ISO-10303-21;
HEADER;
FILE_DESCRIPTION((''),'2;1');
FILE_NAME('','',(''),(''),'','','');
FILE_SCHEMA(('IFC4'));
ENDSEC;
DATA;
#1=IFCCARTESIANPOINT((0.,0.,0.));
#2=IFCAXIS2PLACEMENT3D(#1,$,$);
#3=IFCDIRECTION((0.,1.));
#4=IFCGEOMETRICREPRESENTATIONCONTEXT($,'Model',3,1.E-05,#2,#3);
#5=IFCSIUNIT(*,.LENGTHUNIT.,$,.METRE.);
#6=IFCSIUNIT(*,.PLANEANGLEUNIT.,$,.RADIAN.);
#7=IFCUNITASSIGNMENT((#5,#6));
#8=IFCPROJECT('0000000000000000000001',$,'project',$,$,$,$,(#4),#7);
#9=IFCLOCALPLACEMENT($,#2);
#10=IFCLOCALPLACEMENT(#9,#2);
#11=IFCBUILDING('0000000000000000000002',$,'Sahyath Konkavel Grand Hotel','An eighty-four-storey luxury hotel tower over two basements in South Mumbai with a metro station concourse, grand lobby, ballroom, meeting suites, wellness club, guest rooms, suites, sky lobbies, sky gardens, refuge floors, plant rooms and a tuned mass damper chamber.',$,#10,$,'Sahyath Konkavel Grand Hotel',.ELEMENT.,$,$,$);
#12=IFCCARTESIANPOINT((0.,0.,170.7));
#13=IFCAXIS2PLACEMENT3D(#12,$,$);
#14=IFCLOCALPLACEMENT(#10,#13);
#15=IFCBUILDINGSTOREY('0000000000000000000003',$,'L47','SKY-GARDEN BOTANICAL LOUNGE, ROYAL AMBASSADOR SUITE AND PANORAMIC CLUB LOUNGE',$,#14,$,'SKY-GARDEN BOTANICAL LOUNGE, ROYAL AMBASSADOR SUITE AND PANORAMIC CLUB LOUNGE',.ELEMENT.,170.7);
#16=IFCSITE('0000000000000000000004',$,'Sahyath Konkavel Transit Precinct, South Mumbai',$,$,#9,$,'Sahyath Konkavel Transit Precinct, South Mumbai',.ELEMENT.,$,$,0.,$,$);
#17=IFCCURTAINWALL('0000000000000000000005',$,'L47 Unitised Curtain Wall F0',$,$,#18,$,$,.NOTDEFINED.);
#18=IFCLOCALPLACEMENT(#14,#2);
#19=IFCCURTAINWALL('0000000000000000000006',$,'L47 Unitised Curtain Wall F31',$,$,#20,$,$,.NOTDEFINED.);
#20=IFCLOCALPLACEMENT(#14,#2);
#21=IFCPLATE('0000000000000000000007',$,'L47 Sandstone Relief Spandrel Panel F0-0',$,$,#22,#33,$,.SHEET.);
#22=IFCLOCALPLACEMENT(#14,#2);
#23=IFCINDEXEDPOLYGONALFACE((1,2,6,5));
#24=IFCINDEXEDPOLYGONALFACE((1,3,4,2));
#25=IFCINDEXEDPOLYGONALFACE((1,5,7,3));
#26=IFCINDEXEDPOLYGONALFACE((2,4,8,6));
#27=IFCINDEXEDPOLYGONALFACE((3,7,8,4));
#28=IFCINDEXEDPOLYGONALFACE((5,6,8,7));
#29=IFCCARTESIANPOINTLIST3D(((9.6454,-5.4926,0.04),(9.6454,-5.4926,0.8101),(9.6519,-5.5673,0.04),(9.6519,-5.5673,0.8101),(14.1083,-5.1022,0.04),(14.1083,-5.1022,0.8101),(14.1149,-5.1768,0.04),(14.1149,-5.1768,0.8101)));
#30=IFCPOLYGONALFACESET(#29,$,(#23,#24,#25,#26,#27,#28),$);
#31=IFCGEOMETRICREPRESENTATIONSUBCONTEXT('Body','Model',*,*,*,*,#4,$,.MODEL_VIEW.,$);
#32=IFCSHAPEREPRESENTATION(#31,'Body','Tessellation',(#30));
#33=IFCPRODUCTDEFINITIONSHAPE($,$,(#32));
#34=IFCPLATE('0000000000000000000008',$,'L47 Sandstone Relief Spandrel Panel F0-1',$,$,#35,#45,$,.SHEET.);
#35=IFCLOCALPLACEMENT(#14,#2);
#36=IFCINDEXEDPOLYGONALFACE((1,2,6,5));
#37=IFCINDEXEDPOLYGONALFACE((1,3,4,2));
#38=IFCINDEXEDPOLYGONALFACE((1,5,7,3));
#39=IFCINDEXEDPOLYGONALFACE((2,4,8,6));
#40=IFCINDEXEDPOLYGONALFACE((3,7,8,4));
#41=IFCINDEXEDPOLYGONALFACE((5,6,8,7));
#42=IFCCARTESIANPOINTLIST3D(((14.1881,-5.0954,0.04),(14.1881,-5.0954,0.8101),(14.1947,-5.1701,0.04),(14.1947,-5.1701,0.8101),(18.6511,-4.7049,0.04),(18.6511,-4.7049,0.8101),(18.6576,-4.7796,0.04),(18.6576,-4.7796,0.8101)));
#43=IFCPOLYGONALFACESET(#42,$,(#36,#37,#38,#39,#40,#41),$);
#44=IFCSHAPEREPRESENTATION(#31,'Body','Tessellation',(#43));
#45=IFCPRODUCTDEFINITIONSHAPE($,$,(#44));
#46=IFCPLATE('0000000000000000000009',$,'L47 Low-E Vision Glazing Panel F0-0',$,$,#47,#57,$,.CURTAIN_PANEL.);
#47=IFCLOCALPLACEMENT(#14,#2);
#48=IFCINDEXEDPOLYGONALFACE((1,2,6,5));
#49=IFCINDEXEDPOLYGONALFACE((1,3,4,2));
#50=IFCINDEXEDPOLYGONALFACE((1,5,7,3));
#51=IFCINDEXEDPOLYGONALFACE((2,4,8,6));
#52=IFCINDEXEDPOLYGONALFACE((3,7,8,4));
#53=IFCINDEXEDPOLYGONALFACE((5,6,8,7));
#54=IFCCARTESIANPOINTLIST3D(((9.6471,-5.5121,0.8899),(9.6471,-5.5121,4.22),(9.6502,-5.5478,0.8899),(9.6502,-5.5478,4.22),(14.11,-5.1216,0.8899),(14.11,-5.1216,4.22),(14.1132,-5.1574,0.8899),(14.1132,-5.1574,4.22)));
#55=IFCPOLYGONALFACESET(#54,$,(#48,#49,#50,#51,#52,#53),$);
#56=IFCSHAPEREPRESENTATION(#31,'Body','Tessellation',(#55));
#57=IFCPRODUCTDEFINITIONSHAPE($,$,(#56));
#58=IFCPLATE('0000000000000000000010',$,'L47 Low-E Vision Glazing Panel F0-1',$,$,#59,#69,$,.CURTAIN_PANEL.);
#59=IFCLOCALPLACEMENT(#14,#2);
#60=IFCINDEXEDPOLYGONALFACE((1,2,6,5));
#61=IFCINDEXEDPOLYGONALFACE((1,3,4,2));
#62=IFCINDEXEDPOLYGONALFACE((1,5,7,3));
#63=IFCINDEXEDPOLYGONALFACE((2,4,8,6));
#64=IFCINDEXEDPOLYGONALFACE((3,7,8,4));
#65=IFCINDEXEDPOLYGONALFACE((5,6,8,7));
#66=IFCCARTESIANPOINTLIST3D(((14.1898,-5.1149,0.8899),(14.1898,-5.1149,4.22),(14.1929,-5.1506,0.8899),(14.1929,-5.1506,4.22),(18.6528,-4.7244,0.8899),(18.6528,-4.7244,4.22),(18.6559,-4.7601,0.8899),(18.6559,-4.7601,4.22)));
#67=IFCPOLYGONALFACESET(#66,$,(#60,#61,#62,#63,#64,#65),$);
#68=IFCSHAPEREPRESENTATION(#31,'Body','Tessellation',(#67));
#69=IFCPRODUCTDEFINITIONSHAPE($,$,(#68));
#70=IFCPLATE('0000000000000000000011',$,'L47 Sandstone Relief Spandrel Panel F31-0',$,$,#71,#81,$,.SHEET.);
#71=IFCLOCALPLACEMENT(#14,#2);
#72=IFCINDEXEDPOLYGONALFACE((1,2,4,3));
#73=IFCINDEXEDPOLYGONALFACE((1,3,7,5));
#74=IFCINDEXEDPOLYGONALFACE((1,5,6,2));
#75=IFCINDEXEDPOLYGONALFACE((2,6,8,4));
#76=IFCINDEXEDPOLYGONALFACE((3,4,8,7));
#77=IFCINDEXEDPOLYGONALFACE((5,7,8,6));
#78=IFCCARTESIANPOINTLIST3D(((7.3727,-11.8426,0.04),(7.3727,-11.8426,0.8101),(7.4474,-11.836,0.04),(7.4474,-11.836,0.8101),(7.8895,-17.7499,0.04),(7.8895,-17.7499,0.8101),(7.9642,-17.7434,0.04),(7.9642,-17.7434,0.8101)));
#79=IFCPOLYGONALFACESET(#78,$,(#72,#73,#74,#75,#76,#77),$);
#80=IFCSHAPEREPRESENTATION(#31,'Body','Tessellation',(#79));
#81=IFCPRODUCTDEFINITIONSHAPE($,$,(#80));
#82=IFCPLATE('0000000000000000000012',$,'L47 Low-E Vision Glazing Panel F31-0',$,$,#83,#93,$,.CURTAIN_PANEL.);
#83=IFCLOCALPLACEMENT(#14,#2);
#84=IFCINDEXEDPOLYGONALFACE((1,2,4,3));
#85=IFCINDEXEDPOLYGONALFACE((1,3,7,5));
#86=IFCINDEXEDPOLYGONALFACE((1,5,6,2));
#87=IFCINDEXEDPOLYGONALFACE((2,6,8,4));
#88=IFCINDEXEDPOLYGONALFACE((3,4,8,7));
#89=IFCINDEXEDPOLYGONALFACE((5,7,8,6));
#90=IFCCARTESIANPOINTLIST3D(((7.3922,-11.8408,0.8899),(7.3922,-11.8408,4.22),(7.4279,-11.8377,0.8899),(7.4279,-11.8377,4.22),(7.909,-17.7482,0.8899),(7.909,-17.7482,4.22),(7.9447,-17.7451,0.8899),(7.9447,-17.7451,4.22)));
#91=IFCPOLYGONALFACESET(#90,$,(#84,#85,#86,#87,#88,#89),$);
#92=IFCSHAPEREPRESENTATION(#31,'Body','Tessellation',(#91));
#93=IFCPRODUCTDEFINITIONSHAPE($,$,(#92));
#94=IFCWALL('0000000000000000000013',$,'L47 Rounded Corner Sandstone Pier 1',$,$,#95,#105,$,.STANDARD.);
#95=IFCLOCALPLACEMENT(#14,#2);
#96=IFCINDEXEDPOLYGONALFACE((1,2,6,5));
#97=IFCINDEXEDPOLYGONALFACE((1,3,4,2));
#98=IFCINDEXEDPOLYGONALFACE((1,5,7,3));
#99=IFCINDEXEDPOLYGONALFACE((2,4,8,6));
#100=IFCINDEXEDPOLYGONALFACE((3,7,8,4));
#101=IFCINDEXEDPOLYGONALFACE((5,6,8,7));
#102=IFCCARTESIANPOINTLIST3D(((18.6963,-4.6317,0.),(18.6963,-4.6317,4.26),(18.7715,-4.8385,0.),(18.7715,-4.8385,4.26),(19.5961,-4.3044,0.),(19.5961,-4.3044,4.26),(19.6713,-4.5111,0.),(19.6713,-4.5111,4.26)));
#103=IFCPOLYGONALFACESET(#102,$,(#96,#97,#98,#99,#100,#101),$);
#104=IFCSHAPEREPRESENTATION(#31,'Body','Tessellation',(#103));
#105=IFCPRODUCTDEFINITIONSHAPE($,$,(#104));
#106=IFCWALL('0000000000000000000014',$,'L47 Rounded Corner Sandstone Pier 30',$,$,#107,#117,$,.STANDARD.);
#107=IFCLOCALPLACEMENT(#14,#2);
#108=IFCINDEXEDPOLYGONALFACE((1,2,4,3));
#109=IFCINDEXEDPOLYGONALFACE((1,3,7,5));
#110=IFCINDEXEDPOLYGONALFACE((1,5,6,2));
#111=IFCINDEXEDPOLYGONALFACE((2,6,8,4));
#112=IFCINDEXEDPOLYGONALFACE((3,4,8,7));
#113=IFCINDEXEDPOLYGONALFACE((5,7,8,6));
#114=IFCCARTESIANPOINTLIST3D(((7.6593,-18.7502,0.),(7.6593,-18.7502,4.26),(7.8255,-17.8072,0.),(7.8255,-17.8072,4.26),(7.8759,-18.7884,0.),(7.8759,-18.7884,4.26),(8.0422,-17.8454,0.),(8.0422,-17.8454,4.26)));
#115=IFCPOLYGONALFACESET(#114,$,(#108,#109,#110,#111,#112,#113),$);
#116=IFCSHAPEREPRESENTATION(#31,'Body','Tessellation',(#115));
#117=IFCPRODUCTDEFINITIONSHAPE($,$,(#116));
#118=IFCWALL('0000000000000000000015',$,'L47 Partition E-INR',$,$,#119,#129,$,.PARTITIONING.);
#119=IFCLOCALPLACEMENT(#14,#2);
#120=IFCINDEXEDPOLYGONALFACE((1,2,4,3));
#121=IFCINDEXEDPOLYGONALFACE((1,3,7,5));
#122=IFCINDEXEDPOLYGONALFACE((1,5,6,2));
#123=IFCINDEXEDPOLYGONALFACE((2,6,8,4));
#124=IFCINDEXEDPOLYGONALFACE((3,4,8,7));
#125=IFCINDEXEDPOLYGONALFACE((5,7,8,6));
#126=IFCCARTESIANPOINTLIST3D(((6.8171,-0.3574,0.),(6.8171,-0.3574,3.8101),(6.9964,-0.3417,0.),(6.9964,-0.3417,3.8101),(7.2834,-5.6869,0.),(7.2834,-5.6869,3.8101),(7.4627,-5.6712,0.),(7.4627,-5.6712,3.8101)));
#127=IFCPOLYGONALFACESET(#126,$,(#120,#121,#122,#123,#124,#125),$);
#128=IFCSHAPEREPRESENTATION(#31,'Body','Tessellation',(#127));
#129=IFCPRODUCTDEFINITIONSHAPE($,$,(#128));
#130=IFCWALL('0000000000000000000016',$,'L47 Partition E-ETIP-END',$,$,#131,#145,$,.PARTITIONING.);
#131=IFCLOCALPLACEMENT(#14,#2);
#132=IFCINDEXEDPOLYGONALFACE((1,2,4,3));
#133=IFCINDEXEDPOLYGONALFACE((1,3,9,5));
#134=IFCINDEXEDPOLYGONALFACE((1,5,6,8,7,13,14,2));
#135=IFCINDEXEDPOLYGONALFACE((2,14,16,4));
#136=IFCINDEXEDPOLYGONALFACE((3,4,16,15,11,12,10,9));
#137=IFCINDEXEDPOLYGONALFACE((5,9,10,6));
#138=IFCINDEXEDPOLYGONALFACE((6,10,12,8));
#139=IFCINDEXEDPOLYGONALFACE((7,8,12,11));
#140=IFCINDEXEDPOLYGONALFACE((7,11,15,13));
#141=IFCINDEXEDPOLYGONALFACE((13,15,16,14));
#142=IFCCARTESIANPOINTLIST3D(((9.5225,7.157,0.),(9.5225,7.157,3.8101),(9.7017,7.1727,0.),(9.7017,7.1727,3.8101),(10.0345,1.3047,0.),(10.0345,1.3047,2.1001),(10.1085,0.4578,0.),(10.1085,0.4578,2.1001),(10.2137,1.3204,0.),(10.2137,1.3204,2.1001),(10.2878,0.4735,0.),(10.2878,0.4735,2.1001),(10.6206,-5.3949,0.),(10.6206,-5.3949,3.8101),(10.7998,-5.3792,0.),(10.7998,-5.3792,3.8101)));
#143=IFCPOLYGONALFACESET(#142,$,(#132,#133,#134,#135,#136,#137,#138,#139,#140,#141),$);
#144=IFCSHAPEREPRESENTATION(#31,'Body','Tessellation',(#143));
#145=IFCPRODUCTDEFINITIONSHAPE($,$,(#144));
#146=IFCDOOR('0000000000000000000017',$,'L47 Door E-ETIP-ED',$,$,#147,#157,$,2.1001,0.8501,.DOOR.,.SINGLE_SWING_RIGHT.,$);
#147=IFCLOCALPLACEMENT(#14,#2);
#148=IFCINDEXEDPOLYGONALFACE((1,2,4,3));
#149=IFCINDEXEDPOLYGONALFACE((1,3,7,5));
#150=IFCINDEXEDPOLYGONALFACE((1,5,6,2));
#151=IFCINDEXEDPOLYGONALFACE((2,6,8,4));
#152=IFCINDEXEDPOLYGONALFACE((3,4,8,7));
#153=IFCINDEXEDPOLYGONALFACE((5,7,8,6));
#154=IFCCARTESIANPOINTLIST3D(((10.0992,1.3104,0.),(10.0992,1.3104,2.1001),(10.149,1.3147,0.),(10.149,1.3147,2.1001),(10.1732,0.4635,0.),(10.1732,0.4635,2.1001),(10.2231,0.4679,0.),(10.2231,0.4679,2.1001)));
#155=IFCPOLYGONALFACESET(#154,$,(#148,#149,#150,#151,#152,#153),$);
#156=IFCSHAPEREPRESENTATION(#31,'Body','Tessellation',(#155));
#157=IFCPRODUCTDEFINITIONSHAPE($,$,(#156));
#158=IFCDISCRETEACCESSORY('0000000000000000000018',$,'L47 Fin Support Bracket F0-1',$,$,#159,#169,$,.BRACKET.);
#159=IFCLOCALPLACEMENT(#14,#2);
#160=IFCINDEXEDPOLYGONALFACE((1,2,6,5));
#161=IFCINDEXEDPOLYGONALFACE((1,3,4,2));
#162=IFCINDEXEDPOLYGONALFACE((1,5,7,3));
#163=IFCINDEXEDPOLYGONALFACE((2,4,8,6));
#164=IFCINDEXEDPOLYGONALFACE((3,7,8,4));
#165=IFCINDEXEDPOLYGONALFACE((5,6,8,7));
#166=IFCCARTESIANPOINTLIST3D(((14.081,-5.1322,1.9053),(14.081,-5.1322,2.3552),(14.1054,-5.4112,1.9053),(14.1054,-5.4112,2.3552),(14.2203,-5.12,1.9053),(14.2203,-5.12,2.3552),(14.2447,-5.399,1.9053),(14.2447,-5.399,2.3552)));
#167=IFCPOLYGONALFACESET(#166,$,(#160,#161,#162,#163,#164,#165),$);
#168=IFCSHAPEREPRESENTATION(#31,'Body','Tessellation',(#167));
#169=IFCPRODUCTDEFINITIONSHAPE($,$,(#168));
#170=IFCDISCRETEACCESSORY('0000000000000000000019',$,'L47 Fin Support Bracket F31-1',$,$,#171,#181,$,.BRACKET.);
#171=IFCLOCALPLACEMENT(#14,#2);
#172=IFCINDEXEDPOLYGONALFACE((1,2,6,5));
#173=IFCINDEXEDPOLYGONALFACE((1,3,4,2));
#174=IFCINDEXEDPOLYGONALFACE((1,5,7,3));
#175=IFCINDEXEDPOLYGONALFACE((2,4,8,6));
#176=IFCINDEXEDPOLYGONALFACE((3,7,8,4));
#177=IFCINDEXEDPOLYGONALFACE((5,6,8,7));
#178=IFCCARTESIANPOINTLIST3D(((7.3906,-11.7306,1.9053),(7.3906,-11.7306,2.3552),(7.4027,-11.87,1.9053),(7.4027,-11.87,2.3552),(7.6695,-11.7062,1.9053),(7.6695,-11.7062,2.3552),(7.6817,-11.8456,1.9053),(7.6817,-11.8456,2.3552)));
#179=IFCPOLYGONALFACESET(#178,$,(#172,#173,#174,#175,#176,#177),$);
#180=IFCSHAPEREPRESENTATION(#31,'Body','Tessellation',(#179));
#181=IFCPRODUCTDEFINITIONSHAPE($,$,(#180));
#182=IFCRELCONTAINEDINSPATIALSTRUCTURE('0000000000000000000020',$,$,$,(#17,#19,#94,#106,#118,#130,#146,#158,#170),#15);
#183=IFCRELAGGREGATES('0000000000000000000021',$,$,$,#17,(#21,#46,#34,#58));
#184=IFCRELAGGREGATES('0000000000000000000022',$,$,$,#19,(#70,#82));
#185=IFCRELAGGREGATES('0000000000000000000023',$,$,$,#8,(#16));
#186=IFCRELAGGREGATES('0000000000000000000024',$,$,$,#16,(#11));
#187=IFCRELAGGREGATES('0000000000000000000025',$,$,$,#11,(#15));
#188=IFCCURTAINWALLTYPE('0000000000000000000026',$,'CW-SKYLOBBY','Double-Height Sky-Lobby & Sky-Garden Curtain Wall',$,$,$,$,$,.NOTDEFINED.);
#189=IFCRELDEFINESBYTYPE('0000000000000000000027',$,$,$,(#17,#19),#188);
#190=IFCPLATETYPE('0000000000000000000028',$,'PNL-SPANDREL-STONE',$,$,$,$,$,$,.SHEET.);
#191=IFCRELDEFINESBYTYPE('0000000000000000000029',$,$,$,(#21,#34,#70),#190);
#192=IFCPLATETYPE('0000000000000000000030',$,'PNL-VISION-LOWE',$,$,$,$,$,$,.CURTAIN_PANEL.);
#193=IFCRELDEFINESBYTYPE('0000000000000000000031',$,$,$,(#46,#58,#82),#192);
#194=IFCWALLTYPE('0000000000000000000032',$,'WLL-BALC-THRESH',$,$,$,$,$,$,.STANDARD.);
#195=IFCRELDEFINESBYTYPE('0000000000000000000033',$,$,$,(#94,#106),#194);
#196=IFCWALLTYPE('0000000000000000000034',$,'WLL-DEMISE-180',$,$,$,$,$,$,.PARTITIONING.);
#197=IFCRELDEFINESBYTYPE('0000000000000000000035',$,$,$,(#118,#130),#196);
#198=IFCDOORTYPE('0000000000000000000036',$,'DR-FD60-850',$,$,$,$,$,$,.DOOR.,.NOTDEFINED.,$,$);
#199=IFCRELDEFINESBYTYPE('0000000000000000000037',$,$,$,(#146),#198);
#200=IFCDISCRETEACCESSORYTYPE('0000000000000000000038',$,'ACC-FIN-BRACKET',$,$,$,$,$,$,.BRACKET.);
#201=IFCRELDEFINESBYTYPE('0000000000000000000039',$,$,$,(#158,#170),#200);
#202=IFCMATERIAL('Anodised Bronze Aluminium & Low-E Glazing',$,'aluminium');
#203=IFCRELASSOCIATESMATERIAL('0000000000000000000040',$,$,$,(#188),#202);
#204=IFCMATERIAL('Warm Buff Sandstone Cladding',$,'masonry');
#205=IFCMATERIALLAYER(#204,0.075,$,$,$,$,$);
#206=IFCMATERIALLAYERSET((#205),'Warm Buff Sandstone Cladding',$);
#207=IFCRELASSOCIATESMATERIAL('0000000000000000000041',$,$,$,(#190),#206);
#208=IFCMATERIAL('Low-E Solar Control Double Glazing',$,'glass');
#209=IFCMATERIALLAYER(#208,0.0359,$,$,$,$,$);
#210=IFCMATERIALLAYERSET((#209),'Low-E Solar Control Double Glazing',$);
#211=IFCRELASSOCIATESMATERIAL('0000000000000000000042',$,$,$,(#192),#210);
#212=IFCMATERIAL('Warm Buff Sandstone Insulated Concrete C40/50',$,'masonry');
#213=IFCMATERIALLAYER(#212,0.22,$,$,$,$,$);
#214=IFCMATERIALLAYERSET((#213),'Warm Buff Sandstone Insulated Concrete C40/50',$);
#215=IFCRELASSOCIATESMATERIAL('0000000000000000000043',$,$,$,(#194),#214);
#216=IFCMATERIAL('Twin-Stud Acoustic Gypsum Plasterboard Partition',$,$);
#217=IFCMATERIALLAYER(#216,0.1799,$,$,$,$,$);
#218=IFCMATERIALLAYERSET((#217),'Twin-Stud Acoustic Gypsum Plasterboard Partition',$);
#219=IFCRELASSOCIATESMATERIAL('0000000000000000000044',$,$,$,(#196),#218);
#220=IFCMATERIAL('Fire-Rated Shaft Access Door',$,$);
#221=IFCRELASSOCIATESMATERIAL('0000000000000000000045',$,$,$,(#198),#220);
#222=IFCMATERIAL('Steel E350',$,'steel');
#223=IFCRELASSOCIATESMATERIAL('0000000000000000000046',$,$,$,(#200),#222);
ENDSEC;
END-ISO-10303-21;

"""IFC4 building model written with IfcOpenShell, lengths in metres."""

from ifc_helpers import new_model, si_unit, direction, frame, frame_2d, origin, origin_2d, place, context, subcontext, project, spatial, rectangle, extrude, source, transform, mapped, material, layer, layer_set, type_object, element, fill, aggregate, save


model = new_model("IFC4")

# Units and contexts
model_context = context("Model", 3, precision=1e-05, world=origin(), true_north=direction((0.0, 1.0)))
body_context = subcontext(model_context, "Body", "Model", "MODEL_VIEW")
ifc_project = project(units=[si_unit("LENGTHUNIT", "METRE"), si_unit("PLANEANGLEUNIT", "RADIAN")], contexts=[model_context])

# Site, building, storey
site_placement = place(None, origin())
site = spatial("IfcSite", under=ifc_project, at=site_placement, Name="Sahyath Konkavel Transit Precinct, South Mumbai", LongName="Sahyath Konkavel Transit Precinct, South Mumbai", CompositionType="ELEMENT", RefElevation=0.0)
building_placement = place(site_placement, origin())
building = spatial("IfcBuilding", under=site, at=building_placement, Name="Sahyath Konkavel Grand Hotel", Description="An eighty-four-storey luxury hotel tower over two basements in South Mumbai with a metro station concourse, grand lobby, ballroom, meeting suites, wellness club, guest rooms, suites, sky lobbies, sky gardens, refuge floors, plant rooms and a tuned mass damper chamber.", LongName="Sahyath Konkavel Grand Hotel", CompositionType="ELEMENT")
storey_placement = place(building_placement, frame((0.0, 0.0, 170.7)))
storey = spatial("IfcBuildingStorey", under=building, at=storey_placement, Name="L47", Description="SKY-GARDEN BOTANICAL LOUNGE, ROYAL AMBASSADOR SUITE AND PANORAMIC CLUB LOUNGE", LongName="SKY-GARDEN BOTANICAL LOUNGE, ROYAL AMBASSADOR SUITE AND PANORAMIC CLUB LOUNGE", CompositionType="ELEMENT", Elevation=170.7)

# Curtain walls
ifc_material_1 = material(Name="Anodised Bronze Aluminium & Low-E Glazing", Category="aluminium")
curtain_wall_type = type_object("IfcCurtainWallType", Name="CW-SKYLOBBY", Description="Double-Height Sky-Lobby & Sky-Garden Curtain Wall", PredefinedType="NOTDEFINED", material=ifc_material_1)
curtain_wall_1_placement = place(storey_placement, origin())
curtain_wall_1 = element("IfcCurtainWall", 1, at=curtain_wall_1_placement, inside=storey, type_object=curtain_wall_type, Name="L47 Unitised Curtain Wall F0", PredefinedType="NOTDEFINED")
curtain_wall_2_placement = place(storey_placement, origin())
curtain_wall_2 = element("IfcCurtainWall", 2, at=curtain_wall_2_placement, inside=storey, type_object=curtain_wall_type, Name="L47 Unitised Curtain Wall F31", PredefinedType="NOTDEFINED")

# Plates
ifc_material_2 = material(Name="Warm Buff Sandstone Cladding", Category="masonry")
ifc_layer_1 = layer(ifc_material_2, 0.075)
ifc_layer_set_1 = layer_set([ifc_layer_1], Name="Warm Buff Sandstone Cladding")
plate_type_1 = type_object("IfcPlateType", Name="PNL-SPANDREL-STONE", PredefinedType="SHEET", material=ifc_layer_set_1)
shared_shape_1 = source(origin(), body_context, "Body", "SweptSolid", [
    extrude(rectangle(XDim=4.48, YDim=0.075, at=origin_2d()), origin(), (0.0, 0.0, 1.0), 0.77),
])
plate_1_placement = place(storey_placement, frame((11.8801, -5.3347, 0.04), z_axis=(0.0, 0.0, 1.0), x_axis=(0.996195, 0.087156, 0.0)))
plate_1 = element("IfcPlate", 3, at=plate_1_placement, type_object=plate_type_1, Name="L47 Sandstone Relief Spandrel Panel F0-0", PredefinedType="SHEET", context=body_context, shape_type="MappedRepresentation", body=[
    mapped(shared_shape_1, transform((0.0, 0.0, 0.0), scale=1.0)),
])
plate_2_placement = place(storey_placement, frame((16.4229, -4.9375, 0.04), z_axis=(0.0, 0.0, 1.0), x_axis=(0.996195, 0.087156, 0.0)))
plate_2 = element("IfcPlate", 4, at=plate_2_placement, type_object=plate_type_1, Name="L47 Sandstone Relief Spandrel Panel F0-1", PredefinedType="SHEET", context=body_context, shape_type="MappedRepresentation", body=[
    mapped(shared_shape_1, transform((0.0, 0.0, 0.0), scale=1.0)),
])
ifc_material_3 = material(Name="Low-E Solar Control Double Glazing", Category="glass")
ifc_layer_2 = layer(ifc_material_3, 0.0359)
ifc_layer_set_2 = layer_set([ifc_layer_2], Name="Low-E Solar Control Double Glazing")
plate_type_2 = type_object("IfcPlateType", Name="PNL-VISION-LOWE", PredefinedType="CURTAIN_PANEL", material=ifc_layer_set_2)
shared_shape_2 = source(origin(), body_context, "Body", "SweptSolid", [
    extrude(rectangle(XDim=4.48, YDim=0.0359, at=origin_2d()), origin(), (0.0, 0.0, 1.0), 3.3301),
])
plate_3_placement = place(storey_placement, frame((11.8801, -5.3347, 0.8899), z_axis=(0.0, 0.0, 1.0), x_axis=(0.996195, 0.087156, 0.0)))
plate_3 = element("IfcPlate", 5, at=plate_3_placement, type_object=plate_type_2, Name="L47 Low-E Vision Glazing Panel F0-0", PredefinedType="CURTAIN_PANEL", context=body_context, shape_type="MappedRepresentation", body=[
    mapped(shared_shape_2, transform((0.0, 0.0, 0.0), scale=1.0)),
])
plate_4_placement = place(storey_placement, frame((16.4229, -4.9375, 0.8899), z_axis=(0.0, 0.0, 1.0), x_axis=(0.996195, 0.087156, 0.0)))
plate_4 = element("IfcPlate", 6, at=plate_4_placement, type_object=plate_type_2, Name="L47 Low-E Vision Glazing Panel F0-1", PredefinedType="CURTAIN_PANEL", context=body_context, shape_type="MappedRepresentation", body=[
    mapped(shared_shape_2, transform((0.0, 0.0, 0.0), scale=1.0)),
])
aggregate(curtain_wall_1, [plate_1, plate_3, plate_2, plate_4])
shared_shape_3 = source(origin(), body_context, "Body", "SweptSolid", [
    extrude(rectangle(XDim=5.9299, YDim=0.075, at=origin_2d()), origin(), (0.0, 0.0, 1.0), 0.77),
])
plate_5_placement = place(storey_placement, frame((7.6685, -14.793, 0.04), z_axis=(0.0, 0.0, 1.0), x_axis=(-0.087156, 0.996195, 0.0)))
plate_5 = element("IfcPlate", 7, at=plate_5_placement, type_object=plate_type_1, Name="L47 Sandstone Relief Spandrel Panel F31-0", PredefinedType="SHEET", context=body_context, shape_type="MappedRepresentation", body=[
    mapped(shared_shape_3, transform((0.0, 0.0, 0.0), scale=1.0)),
])
shared_shape_4 = source(origin(), body_context, "Body", "SweptSolid", [
    extrude(rectangle(XDim=5.9299, YDim=0.0359, at=origin_2d()), origin(), (0.0, 0.0, 1.0), 3.3301),
])
plate_6_placement = place(storey_placement, frame((7.6685, -14.793, 0.8899), z_axis=(0.0, 0.0, 1.0), x_axis=(-0.087156, 0.996195, 0.0)))
plate_6 = element("IfcPlate", 8, at=plate_6_placement, type_object=plate_type_2, Name="L47 Low-E Vision Glazing Panel F31-0", PredefinedType="CURTAIN_PANEL", context=body_context, shape_type="MappedRepresentation", body=[
    mapped(shared_shape_4, transform((0.0, 0.0, 0.0), scale=1.0)),
])
aggregate(curtain_wall_2, [plate_5, plate_6])

# Walls
ifc_material_4 = material(Name="Warm Buff Sandstone Insulated Concrete C40/50", Category="masonry")
ifc_layer_3 = layer(ifc_material_4, 0.22)
ifc_layer_set_3 = layer_set([ifc_layer_3], Name="Warm Buff Sandstone Insulated Concrete C40/50")
wall_type_1 = type_object("IfcWallType", Name="WLL-BALC-THRESH", PredefinedType="STANDARD", material=ifc_layer_set_3)
for number, where, z_axis, x_axis, name in (
    (9, (18.7339, -4.7351, 0.0), (0.0, 0.0, 1.0), (0.939741, 0.341886, 0.0), "L47 Rounded Corner Sandstone Pier 1"),
    (10, (7.7676, -18.7693, 0.0), (0.0, 0.0, 1.0), (0.173654, 0.984807, 0.0), "L47 Rounded Corner Sandstone Pier 30"),
):
    element("IfcWall", number, at=place(storey_placement, frame(where, z_axis=z_axis, x_axis=x_axis)), inside=storey, type_object=wall_type_1, Name=name, PredefinedType="STANDARD", context=body_context, shape_type="SweptSolid", body=[
        extrude(rectangle(XDim=0.9575, YDim=0.22, at=frame_2d((0.4788, 0.0))), origin(), (0.0, 0.0, 1.0), 4.26),
    ])
ifc_material_5 = material(Name="Twin-Stud Acoustic Gypsum Plasterboard Partition")
ifc_layer_4 = layer(ifc_material_5, 0.1799)
ifc_layer_set_4 = layer_set([ifc_layer_4], Name="Twin-Stud Acoustic Gypsum Plasterboard Partition")
wall_type_2 = type_object("IfcWallType", Name="WLL-DEMISE-180", PredefinedType="PARTITIONING", material=ifc_layer_set_4)
wall_1_placement = place(storey_placement, frame((7.373, -5.679, 0.0), z_axis=(0.0, 0.0, 1.0), x_axis=(-0.087161, 0.996194, 0.0)))
element("IfcWall", 11, at=wall_1_placement, inside=storey, type_object=wall_type_2, Name="L47 Partition E-INR", PredefinedType="PARTITIONING", context=body_context, shape_type="SweptSolid", body=[
    extrude(rectangle(XDim=5.3499, YDim=0.1799, at=frame_2d((2.6748, 0.0))), origin(), (0.0, 0.0, 1.0), 3.8101),
])

# Wall, opening, door
wall_2_placement = place(storey_placement, frame((10.7102, -5.387, 0.0), z_axis=(0.0, 0.0, 1.0), x_axis=(-0.087155, 0.996195, 0.0)))
wall_2 = element("IfcWall", 12, at=wall_2_placement, inside=storey, type_object=wall_type_2, Name="L47 Partition E-ETIP-END", PredefinedType="PARTITIONING", context=body_context, shape_type="SweptSolid", body=[
    extrude(rectangle(XDim=12.5999, YDim=0.1799, at=frame_2d((6.2998, 0.0))), origin(), (0.0, 0.0, 1.0), 3.8101),
])
opening_placement = place(wall_2_placement, frame((5.875, 0.0, 0.0)))
opening = element("IfcOpeningElement", 13, at=opening_placement, cuts=wall_2, PredefinedType="OPENING", context=body_context, shape_type="SweptSolid", body=[
    extrude(rectangle(XDim=0.8501, YDim=2.1001, at=frame_2d((0.425, 1.05))), frame((0.0, 0.1001, 0.0), z_axis=(0.0, -1.0, 0.0), x_axis=(1.0, 0.0, 0.0)), (0.0, 0.0, 1.0), 0.2),
])
ifc_material_6 = material(Name="Fire-Rated Shaft Access Door")
door_type = type_object("IfcDoorType", Name="DR-FD60-850", OperationType="NOTDEFINED", PredefinedType="DOOR", material=ifc_material_6)
shared_shape_5 = source(origin(), body_context, "Body", "SweptSolid", [
    extrude(rectangle(XDim=0.8501, YDim=0.05, at=origin_2d()), origin(), (0.0, 0.0, 1.0), 2.1001),
])
door_placement = place(opening_placement, frame((0.425, 0.0, 0.0)))
door = element("IfcDoor", 14, at=door_placement, inside=storey, type_object=door_type, Name="L47 Door E-ETIP-ED", OperationType="SINGLE_SWING_RIGHT", OverallHeight=2.1001, OverallWidth=0.8501, PredefinedType="DOOR", context=body_context, shape_type="MappedRepresentation", body=[
    mapped(shared_shape_5, transform((0.0, 0.0, 0.0), scale=1.0)),
])
fill(opening, door)

# Discrete accessories
ifc_material_7 = material(Name="Steel E350", Category="steel")
discrete_accessory_type = type_object("IfcDiscreteAccessoryType", Name="ACC-FIN-BRACKET", PredefinedType="BRACKET", material=ifc_material_7)
shared_shape_6 = source(origin(), body_context, "Body", "SweptSolid", [
    extrude(rectangle(XDim=0.28, YDim=0.1399, at=origin_2d()), origin(), (0.0, 0.0, 1.0), 0.45),
])
for number, where, z_axis, x_axis, name in (
    (15, (14.1628, -5.2656, 1.9053), (0.0, 0.0, 1.0), (0.087156, -0.996195, 0.0), "L47 Fin Support Bracket F0-1"),
    (16, (7.5361, -11.7881, 1.9053), (0.0, 0.0, 1.0), (0.996195, 0.087156, 0.0), "L47 Fin Support Bracket F31-1"),
):
    element("IfcDiscreteAccessory", number, at=place(storey_placement, frame(where, z_axis=z_axis, x_axis=x_axis)), inside=storey, type_object=discrete_accessory_type, Name=name, PredefinedType="BRACKET", context=body_context, shape_type="MappedRepresentation", body=[
        mapped(shared_shape_6, transform((0.0, 0.0, 0.0), scale=1.0)),
    ])

save(model, "model.ifc")
